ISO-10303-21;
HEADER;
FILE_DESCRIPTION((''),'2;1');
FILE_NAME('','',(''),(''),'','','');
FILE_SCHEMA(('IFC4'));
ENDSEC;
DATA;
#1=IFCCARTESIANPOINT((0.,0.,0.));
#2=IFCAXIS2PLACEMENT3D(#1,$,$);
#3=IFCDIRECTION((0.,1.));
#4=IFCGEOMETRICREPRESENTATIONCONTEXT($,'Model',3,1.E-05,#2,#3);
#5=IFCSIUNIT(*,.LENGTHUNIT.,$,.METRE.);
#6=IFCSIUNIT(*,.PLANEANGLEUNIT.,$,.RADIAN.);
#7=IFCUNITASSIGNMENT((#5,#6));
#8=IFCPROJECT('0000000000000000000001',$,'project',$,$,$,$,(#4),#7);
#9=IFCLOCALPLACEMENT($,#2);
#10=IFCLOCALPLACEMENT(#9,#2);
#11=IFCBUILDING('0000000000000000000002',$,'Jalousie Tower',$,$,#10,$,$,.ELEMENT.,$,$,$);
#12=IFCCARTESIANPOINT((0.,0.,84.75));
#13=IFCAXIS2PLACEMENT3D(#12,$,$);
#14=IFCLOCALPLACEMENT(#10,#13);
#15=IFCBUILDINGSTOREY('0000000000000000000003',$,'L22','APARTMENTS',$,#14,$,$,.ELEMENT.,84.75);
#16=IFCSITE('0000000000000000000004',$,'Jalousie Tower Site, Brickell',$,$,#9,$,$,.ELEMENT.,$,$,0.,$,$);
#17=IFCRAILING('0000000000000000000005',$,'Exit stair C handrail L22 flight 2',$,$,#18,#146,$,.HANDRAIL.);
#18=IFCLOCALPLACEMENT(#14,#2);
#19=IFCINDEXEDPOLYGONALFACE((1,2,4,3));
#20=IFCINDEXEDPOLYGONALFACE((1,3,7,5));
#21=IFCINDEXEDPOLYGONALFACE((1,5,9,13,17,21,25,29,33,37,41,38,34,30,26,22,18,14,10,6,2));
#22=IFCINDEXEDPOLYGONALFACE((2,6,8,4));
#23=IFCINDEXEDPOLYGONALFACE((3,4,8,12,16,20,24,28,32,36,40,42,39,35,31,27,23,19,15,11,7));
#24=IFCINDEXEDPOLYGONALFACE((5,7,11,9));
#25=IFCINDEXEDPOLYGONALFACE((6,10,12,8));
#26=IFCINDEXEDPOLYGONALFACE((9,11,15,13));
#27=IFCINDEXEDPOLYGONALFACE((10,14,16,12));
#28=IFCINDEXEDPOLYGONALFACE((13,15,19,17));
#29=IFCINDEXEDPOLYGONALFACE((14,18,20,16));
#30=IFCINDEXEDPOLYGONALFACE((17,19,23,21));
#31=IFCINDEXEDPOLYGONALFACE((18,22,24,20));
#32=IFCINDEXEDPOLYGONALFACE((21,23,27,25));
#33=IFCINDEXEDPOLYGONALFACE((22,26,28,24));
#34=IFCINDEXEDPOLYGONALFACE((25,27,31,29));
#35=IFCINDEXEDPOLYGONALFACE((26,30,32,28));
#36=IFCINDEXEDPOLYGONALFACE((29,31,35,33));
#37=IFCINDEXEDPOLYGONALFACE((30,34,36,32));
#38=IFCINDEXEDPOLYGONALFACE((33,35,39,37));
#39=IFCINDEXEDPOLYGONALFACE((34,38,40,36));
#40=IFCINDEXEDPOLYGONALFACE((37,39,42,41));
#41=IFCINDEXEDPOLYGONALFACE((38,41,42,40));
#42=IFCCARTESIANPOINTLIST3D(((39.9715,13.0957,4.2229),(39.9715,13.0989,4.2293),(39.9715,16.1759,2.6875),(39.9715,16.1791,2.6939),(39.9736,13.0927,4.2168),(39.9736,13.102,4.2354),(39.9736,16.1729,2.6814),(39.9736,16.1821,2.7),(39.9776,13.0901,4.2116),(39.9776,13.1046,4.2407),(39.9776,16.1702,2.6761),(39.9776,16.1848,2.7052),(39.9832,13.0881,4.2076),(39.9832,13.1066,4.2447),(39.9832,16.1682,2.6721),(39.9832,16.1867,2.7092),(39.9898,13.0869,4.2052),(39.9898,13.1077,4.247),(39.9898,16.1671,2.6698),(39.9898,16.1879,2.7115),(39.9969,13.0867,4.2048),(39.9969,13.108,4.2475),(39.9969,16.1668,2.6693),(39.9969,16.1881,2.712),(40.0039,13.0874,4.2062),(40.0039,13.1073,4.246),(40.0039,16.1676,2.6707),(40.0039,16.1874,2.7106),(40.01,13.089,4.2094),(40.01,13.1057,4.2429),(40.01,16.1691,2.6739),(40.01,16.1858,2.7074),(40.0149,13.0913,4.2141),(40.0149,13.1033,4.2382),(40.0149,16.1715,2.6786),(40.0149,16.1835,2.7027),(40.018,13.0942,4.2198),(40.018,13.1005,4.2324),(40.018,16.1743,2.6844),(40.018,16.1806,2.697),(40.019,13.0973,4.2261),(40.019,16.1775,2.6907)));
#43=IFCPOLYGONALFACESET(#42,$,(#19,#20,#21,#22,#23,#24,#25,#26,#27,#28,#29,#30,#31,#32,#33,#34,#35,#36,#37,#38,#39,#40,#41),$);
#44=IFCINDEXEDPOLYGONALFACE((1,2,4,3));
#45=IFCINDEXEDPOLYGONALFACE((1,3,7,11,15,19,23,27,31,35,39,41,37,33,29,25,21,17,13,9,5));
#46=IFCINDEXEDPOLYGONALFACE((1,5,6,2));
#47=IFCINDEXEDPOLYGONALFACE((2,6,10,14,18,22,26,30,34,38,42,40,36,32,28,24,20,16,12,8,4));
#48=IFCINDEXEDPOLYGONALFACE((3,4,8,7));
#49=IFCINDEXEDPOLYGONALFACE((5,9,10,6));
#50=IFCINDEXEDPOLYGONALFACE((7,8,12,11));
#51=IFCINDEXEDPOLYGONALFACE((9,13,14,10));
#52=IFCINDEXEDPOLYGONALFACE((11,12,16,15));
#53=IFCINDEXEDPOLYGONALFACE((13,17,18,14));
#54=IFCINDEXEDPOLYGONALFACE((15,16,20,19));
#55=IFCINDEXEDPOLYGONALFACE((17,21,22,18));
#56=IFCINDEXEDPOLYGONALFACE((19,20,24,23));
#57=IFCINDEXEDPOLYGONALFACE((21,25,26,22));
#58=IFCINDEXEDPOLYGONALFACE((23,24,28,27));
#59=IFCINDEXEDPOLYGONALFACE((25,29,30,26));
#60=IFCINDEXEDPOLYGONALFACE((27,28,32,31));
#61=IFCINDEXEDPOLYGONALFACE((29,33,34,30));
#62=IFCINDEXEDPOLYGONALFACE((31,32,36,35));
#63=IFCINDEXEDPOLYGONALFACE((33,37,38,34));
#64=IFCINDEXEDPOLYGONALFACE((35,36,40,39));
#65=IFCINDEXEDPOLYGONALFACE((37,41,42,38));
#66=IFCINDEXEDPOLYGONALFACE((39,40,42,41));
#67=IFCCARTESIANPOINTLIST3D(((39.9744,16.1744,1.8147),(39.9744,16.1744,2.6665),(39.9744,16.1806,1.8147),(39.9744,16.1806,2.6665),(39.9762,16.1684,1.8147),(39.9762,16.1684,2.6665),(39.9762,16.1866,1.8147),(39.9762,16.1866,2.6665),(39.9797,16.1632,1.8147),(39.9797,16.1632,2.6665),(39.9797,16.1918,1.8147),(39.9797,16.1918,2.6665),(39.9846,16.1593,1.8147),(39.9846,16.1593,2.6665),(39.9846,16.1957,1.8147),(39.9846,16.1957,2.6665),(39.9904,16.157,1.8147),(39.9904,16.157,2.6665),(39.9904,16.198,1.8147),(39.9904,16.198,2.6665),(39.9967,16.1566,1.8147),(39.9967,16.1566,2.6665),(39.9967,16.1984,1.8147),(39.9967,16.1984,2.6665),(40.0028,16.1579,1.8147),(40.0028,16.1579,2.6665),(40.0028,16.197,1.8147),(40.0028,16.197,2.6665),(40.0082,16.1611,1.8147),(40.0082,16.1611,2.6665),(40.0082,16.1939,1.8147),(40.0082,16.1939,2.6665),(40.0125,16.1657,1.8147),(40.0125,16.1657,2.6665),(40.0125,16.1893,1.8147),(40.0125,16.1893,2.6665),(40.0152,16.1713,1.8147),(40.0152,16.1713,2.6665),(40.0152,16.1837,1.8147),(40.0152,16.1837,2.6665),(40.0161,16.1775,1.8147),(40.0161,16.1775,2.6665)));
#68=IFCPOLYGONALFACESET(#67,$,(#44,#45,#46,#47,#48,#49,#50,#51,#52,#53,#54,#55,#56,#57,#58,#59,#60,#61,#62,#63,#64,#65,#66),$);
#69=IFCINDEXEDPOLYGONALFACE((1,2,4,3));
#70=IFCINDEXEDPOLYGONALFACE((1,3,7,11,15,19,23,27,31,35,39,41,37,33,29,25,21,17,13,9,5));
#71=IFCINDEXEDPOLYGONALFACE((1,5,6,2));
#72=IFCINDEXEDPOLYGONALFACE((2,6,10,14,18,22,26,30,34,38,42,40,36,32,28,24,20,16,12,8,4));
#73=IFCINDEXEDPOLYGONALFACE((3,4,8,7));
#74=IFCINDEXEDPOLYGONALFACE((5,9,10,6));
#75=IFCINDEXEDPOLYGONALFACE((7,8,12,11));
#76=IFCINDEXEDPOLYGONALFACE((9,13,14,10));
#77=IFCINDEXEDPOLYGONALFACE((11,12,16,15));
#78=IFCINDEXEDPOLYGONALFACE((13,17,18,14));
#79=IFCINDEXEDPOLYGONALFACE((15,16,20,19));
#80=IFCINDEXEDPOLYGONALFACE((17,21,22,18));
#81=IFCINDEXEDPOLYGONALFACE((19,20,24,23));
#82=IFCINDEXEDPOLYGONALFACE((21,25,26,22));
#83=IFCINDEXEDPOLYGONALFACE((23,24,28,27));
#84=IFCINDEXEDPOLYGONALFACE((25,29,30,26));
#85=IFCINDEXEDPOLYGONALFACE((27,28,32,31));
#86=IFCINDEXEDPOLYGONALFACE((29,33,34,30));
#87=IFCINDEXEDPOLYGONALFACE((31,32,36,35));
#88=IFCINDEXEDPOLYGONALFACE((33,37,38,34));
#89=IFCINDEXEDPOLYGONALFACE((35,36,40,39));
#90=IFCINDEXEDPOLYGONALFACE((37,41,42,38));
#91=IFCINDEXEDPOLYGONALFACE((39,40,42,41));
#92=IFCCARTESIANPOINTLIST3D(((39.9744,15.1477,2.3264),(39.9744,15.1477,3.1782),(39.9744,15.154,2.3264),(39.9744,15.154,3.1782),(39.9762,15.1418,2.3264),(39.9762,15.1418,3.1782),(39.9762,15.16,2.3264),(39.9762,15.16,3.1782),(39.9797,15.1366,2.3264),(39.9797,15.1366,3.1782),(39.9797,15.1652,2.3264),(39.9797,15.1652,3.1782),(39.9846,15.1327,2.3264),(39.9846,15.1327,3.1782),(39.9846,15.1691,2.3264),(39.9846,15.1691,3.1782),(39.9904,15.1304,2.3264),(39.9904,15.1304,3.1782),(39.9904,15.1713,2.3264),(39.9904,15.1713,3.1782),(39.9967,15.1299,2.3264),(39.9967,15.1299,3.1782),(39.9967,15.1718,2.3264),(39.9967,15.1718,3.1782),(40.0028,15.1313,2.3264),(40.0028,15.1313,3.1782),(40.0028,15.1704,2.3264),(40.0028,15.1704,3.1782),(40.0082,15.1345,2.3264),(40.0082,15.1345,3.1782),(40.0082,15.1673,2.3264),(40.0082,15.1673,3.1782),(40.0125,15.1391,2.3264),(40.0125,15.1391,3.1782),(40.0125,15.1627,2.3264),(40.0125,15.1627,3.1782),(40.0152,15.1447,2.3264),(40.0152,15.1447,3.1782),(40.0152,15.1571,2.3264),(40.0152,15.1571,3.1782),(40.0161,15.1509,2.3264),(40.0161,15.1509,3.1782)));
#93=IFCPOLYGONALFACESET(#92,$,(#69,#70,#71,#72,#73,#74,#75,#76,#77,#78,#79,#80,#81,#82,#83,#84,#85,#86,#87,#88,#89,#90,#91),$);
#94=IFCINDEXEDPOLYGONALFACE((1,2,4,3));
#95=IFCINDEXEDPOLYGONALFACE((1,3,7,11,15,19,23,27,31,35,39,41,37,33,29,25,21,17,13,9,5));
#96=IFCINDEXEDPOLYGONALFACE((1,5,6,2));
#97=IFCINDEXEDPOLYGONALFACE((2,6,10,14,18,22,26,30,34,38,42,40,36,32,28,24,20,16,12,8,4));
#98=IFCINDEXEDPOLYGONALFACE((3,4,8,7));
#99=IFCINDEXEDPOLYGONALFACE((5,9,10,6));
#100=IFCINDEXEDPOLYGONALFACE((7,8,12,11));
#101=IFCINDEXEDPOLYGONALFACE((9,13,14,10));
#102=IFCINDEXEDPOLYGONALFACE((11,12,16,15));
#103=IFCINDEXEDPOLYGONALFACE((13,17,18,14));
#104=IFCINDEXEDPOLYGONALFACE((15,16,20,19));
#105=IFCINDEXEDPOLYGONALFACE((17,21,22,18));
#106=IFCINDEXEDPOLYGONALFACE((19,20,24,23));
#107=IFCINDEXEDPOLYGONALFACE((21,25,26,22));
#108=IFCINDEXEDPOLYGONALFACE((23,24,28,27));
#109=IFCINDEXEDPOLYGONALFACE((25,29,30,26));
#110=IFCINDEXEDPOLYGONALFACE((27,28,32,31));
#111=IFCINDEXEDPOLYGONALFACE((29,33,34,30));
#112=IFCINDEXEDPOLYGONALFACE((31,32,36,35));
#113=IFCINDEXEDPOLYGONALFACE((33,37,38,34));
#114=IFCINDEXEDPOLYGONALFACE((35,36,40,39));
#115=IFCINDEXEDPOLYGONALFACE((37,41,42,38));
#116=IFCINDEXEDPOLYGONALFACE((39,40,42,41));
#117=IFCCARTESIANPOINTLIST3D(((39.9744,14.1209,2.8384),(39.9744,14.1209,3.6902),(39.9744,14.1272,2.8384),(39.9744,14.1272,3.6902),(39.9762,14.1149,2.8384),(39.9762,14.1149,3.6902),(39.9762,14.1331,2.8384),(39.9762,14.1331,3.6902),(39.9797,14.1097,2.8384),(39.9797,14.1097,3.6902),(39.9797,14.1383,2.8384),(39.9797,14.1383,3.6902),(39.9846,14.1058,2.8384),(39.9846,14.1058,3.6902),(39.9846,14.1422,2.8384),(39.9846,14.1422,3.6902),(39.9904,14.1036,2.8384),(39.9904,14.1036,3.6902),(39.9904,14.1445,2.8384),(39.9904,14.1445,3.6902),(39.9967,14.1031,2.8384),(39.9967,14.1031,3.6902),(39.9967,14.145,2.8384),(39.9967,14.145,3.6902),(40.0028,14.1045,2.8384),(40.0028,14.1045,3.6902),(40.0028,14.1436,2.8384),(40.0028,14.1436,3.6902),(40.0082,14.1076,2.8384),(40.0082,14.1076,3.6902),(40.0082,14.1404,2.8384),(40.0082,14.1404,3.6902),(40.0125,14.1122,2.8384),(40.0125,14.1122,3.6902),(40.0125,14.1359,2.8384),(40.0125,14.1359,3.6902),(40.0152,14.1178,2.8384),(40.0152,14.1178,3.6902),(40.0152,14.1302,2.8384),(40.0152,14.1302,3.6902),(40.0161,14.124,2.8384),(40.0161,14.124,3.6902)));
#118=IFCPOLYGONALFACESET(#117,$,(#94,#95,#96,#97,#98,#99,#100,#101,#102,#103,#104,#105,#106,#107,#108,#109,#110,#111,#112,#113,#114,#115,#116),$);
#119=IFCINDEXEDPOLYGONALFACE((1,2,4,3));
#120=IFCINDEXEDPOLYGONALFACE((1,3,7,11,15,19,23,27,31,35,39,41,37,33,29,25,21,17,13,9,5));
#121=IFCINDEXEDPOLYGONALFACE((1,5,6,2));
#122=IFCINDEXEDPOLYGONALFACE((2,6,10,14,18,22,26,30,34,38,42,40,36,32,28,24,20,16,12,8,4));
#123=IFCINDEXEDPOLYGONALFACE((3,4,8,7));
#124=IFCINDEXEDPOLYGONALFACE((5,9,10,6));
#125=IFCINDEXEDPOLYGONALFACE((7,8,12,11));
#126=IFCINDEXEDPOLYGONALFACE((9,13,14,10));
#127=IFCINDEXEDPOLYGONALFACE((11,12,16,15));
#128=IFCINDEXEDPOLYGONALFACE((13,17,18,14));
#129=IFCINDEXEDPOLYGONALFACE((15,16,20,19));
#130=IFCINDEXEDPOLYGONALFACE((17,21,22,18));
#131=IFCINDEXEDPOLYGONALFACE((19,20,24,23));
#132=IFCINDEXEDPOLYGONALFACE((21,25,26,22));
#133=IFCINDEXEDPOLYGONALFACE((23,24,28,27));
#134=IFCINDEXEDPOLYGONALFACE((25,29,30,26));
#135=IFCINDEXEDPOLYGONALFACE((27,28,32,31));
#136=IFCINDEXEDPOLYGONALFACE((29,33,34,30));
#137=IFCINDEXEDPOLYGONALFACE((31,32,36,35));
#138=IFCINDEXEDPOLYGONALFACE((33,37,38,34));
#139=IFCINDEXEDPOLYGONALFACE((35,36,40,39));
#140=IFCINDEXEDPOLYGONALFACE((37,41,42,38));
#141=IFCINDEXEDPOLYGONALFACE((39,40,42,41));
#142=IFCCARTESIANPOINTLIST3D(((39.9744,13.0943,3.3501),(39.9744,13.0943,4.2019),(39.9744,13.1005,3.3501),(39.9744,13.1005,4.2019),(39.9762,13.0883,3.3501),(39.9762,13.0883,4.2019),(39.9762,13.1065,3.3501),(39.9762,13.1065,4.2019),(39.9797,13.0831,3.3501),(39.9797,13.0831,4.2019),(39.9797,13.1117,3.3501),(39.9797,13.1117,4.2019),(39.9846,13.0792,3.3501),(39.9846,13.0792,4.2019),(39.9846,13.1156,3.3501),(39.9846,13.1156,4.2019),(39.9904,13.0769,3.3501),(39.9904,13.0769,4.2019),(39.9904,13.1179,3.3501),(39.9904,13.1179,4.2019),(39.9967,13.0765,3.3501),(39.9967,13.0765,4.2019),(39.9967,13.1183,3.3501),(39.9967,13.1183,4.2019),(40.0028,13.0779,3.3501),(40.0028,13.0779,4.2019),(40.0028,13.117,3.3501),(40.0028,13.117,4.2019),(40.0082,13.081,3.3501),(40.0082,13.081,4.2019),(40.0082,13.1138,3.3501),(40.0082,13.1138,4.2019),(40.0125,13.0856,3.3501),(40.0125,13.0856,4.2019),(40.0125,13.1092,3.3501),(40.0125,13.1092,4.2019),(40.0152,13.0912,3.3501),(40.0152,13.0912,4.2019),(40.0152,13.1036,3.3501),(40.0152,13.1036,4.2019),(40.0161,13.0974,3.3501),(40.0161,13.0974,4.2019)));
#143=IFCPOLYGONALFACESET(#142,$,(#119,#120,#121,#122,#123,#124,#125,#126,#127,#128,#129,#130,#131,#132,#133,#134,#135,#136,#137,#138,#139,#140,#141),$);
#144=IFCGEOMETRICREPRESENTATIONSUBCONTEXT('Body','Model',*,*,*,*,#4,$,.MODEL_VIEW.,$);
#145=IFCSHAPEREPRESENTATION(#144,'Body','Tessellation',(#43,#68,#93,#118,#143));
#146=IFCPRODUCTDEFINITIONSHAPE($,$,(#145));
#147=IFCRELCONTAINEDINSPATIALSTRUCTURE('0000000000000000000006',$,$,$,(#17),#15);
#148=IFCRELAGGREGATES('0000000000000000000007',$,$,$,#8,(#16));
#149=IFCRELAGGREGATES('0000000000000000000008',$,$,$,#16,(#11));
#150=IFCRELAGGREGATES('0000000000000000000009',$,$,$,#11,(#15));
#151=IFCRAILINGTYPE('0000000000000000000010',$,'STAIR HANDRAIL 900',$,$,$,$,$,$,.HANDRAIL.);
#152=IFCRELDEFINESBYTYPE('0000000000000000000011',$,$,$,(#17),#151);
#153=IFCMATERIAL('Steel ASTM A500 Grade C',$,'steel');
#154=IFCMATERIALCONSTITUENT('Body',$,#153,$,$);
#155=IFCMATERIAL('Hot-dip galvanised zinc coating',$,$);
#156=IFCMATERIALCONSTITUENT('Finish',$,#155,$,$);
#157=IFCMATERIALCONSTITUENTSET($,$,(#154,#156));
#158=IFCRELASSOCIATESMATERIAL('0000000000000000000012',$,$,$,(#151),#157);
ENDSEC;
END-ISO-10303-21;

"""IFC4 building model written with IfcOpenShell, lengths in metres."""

from ifc_helpers import new_model, si_unit, direction, frame, origin, origin_2d, place, context, subcontext, project, spatial, circle, extrude, material, constituent, constituent_set, type_object, element, save


model = new_model("IFC4")

# Units and contexts
model_context = context("Model", 3, precision=1e-05, world=origin(), true_north=direction((0.0, 1.0)))
body_context = subcontext(model_context, "Body", "Model", "MODEL_VIEW")
ifc_project = project(units=[si_unit("LENGTHUNIT", "METRE"), si_unit("PLANEANGLEUNIT", "RADIAN")], contexts=[model_context])

# Site, building, storey
site_placement = place(None, origin())
site = spatial("IfcSite", under=ifc_project, at=site_placement, Name="Jalousie Tower Site, Brickell", CompositionType="ELEMENT", RefElevation=0.0)
building_placement = place(site_placement, origin())
building = spatial("IfcBuilding", under=site, at=building_placement, Name="Jalousie Tower", CompositionType="ELEMENT")
storey_placement = place(building_placement, frame((0.0, 0.0, 84.75)))
storey = spatial("IfcBuildingStorey", under=building, at=storey_placement, Name="L22", Description="APARTMENTS", CompositionType="ELEMENT", Elevation=84.75)

# Railing
ifc_material_1 = material(Name="Steel ASTM A500 Grade C", Category="steel")
ifc_constituent_1 = constituent(ifc_material_1, Name="Body")
ifc_material_2 = material(Name="Hot-dip galvanised zinc coating")
ifc_constituent_2 = constituent(ifc_material_2, Name="Finish")
ifc_constituent_set_1 = constituent_set(constituents=[ifc_constituent_1, ifc_constituent_2])
railing_type_1 = type_object("IfcRailingType", Name="STAIR HANDRAIL 900", PredefinedType="HANDRAIL", material=ifc_constituent_set_1)
railing_1_placement = place(storey_placement, frame((39.9951, 16.1775, 1.8147)))
element("IfcRailing", 1, at=railing_1_placement, inside=storey, type_object=railing_type_1, Name="Exit stair C handrail L22 flight 2", PredefinedType="HANDRAIL", context=body_context, shape_type="SweptSolid", body=[
    extrude(circle(Radius=0.0239, at=origin_2d()), frame((0.0, 0.0, 0.876), z_axis=(0.0, -0.894966, 0.446135), x_axis=(1.0, 0.0, 0.0)), (0.0, 0.0, 1.0), 3.4417),
    extrude(circle(Radius=0.021, at=origin_2d()), origin(), (0.0, 0.0, 1.0), 0.8518),
    extrude(circle(Radius=0.021, at=origin_2d()), frame((0.0, -1.0266, 0.5117)), (0.0, 0.0, 1.0), 0.8518),
    extrude(circle(Radius=0.021, at=origin_2d()), frame((0.0, -2.0535, 1.0237)), (0.0, 0.0, 1.0), 0.8518),
    extrude(circle(Radius=0.021, at=origin_2d()), frame((0.0, -3.0801, 1.5354)), (0.0, 0.0, 1.0), 0.8518),
])

save(model, "model.ifc")
